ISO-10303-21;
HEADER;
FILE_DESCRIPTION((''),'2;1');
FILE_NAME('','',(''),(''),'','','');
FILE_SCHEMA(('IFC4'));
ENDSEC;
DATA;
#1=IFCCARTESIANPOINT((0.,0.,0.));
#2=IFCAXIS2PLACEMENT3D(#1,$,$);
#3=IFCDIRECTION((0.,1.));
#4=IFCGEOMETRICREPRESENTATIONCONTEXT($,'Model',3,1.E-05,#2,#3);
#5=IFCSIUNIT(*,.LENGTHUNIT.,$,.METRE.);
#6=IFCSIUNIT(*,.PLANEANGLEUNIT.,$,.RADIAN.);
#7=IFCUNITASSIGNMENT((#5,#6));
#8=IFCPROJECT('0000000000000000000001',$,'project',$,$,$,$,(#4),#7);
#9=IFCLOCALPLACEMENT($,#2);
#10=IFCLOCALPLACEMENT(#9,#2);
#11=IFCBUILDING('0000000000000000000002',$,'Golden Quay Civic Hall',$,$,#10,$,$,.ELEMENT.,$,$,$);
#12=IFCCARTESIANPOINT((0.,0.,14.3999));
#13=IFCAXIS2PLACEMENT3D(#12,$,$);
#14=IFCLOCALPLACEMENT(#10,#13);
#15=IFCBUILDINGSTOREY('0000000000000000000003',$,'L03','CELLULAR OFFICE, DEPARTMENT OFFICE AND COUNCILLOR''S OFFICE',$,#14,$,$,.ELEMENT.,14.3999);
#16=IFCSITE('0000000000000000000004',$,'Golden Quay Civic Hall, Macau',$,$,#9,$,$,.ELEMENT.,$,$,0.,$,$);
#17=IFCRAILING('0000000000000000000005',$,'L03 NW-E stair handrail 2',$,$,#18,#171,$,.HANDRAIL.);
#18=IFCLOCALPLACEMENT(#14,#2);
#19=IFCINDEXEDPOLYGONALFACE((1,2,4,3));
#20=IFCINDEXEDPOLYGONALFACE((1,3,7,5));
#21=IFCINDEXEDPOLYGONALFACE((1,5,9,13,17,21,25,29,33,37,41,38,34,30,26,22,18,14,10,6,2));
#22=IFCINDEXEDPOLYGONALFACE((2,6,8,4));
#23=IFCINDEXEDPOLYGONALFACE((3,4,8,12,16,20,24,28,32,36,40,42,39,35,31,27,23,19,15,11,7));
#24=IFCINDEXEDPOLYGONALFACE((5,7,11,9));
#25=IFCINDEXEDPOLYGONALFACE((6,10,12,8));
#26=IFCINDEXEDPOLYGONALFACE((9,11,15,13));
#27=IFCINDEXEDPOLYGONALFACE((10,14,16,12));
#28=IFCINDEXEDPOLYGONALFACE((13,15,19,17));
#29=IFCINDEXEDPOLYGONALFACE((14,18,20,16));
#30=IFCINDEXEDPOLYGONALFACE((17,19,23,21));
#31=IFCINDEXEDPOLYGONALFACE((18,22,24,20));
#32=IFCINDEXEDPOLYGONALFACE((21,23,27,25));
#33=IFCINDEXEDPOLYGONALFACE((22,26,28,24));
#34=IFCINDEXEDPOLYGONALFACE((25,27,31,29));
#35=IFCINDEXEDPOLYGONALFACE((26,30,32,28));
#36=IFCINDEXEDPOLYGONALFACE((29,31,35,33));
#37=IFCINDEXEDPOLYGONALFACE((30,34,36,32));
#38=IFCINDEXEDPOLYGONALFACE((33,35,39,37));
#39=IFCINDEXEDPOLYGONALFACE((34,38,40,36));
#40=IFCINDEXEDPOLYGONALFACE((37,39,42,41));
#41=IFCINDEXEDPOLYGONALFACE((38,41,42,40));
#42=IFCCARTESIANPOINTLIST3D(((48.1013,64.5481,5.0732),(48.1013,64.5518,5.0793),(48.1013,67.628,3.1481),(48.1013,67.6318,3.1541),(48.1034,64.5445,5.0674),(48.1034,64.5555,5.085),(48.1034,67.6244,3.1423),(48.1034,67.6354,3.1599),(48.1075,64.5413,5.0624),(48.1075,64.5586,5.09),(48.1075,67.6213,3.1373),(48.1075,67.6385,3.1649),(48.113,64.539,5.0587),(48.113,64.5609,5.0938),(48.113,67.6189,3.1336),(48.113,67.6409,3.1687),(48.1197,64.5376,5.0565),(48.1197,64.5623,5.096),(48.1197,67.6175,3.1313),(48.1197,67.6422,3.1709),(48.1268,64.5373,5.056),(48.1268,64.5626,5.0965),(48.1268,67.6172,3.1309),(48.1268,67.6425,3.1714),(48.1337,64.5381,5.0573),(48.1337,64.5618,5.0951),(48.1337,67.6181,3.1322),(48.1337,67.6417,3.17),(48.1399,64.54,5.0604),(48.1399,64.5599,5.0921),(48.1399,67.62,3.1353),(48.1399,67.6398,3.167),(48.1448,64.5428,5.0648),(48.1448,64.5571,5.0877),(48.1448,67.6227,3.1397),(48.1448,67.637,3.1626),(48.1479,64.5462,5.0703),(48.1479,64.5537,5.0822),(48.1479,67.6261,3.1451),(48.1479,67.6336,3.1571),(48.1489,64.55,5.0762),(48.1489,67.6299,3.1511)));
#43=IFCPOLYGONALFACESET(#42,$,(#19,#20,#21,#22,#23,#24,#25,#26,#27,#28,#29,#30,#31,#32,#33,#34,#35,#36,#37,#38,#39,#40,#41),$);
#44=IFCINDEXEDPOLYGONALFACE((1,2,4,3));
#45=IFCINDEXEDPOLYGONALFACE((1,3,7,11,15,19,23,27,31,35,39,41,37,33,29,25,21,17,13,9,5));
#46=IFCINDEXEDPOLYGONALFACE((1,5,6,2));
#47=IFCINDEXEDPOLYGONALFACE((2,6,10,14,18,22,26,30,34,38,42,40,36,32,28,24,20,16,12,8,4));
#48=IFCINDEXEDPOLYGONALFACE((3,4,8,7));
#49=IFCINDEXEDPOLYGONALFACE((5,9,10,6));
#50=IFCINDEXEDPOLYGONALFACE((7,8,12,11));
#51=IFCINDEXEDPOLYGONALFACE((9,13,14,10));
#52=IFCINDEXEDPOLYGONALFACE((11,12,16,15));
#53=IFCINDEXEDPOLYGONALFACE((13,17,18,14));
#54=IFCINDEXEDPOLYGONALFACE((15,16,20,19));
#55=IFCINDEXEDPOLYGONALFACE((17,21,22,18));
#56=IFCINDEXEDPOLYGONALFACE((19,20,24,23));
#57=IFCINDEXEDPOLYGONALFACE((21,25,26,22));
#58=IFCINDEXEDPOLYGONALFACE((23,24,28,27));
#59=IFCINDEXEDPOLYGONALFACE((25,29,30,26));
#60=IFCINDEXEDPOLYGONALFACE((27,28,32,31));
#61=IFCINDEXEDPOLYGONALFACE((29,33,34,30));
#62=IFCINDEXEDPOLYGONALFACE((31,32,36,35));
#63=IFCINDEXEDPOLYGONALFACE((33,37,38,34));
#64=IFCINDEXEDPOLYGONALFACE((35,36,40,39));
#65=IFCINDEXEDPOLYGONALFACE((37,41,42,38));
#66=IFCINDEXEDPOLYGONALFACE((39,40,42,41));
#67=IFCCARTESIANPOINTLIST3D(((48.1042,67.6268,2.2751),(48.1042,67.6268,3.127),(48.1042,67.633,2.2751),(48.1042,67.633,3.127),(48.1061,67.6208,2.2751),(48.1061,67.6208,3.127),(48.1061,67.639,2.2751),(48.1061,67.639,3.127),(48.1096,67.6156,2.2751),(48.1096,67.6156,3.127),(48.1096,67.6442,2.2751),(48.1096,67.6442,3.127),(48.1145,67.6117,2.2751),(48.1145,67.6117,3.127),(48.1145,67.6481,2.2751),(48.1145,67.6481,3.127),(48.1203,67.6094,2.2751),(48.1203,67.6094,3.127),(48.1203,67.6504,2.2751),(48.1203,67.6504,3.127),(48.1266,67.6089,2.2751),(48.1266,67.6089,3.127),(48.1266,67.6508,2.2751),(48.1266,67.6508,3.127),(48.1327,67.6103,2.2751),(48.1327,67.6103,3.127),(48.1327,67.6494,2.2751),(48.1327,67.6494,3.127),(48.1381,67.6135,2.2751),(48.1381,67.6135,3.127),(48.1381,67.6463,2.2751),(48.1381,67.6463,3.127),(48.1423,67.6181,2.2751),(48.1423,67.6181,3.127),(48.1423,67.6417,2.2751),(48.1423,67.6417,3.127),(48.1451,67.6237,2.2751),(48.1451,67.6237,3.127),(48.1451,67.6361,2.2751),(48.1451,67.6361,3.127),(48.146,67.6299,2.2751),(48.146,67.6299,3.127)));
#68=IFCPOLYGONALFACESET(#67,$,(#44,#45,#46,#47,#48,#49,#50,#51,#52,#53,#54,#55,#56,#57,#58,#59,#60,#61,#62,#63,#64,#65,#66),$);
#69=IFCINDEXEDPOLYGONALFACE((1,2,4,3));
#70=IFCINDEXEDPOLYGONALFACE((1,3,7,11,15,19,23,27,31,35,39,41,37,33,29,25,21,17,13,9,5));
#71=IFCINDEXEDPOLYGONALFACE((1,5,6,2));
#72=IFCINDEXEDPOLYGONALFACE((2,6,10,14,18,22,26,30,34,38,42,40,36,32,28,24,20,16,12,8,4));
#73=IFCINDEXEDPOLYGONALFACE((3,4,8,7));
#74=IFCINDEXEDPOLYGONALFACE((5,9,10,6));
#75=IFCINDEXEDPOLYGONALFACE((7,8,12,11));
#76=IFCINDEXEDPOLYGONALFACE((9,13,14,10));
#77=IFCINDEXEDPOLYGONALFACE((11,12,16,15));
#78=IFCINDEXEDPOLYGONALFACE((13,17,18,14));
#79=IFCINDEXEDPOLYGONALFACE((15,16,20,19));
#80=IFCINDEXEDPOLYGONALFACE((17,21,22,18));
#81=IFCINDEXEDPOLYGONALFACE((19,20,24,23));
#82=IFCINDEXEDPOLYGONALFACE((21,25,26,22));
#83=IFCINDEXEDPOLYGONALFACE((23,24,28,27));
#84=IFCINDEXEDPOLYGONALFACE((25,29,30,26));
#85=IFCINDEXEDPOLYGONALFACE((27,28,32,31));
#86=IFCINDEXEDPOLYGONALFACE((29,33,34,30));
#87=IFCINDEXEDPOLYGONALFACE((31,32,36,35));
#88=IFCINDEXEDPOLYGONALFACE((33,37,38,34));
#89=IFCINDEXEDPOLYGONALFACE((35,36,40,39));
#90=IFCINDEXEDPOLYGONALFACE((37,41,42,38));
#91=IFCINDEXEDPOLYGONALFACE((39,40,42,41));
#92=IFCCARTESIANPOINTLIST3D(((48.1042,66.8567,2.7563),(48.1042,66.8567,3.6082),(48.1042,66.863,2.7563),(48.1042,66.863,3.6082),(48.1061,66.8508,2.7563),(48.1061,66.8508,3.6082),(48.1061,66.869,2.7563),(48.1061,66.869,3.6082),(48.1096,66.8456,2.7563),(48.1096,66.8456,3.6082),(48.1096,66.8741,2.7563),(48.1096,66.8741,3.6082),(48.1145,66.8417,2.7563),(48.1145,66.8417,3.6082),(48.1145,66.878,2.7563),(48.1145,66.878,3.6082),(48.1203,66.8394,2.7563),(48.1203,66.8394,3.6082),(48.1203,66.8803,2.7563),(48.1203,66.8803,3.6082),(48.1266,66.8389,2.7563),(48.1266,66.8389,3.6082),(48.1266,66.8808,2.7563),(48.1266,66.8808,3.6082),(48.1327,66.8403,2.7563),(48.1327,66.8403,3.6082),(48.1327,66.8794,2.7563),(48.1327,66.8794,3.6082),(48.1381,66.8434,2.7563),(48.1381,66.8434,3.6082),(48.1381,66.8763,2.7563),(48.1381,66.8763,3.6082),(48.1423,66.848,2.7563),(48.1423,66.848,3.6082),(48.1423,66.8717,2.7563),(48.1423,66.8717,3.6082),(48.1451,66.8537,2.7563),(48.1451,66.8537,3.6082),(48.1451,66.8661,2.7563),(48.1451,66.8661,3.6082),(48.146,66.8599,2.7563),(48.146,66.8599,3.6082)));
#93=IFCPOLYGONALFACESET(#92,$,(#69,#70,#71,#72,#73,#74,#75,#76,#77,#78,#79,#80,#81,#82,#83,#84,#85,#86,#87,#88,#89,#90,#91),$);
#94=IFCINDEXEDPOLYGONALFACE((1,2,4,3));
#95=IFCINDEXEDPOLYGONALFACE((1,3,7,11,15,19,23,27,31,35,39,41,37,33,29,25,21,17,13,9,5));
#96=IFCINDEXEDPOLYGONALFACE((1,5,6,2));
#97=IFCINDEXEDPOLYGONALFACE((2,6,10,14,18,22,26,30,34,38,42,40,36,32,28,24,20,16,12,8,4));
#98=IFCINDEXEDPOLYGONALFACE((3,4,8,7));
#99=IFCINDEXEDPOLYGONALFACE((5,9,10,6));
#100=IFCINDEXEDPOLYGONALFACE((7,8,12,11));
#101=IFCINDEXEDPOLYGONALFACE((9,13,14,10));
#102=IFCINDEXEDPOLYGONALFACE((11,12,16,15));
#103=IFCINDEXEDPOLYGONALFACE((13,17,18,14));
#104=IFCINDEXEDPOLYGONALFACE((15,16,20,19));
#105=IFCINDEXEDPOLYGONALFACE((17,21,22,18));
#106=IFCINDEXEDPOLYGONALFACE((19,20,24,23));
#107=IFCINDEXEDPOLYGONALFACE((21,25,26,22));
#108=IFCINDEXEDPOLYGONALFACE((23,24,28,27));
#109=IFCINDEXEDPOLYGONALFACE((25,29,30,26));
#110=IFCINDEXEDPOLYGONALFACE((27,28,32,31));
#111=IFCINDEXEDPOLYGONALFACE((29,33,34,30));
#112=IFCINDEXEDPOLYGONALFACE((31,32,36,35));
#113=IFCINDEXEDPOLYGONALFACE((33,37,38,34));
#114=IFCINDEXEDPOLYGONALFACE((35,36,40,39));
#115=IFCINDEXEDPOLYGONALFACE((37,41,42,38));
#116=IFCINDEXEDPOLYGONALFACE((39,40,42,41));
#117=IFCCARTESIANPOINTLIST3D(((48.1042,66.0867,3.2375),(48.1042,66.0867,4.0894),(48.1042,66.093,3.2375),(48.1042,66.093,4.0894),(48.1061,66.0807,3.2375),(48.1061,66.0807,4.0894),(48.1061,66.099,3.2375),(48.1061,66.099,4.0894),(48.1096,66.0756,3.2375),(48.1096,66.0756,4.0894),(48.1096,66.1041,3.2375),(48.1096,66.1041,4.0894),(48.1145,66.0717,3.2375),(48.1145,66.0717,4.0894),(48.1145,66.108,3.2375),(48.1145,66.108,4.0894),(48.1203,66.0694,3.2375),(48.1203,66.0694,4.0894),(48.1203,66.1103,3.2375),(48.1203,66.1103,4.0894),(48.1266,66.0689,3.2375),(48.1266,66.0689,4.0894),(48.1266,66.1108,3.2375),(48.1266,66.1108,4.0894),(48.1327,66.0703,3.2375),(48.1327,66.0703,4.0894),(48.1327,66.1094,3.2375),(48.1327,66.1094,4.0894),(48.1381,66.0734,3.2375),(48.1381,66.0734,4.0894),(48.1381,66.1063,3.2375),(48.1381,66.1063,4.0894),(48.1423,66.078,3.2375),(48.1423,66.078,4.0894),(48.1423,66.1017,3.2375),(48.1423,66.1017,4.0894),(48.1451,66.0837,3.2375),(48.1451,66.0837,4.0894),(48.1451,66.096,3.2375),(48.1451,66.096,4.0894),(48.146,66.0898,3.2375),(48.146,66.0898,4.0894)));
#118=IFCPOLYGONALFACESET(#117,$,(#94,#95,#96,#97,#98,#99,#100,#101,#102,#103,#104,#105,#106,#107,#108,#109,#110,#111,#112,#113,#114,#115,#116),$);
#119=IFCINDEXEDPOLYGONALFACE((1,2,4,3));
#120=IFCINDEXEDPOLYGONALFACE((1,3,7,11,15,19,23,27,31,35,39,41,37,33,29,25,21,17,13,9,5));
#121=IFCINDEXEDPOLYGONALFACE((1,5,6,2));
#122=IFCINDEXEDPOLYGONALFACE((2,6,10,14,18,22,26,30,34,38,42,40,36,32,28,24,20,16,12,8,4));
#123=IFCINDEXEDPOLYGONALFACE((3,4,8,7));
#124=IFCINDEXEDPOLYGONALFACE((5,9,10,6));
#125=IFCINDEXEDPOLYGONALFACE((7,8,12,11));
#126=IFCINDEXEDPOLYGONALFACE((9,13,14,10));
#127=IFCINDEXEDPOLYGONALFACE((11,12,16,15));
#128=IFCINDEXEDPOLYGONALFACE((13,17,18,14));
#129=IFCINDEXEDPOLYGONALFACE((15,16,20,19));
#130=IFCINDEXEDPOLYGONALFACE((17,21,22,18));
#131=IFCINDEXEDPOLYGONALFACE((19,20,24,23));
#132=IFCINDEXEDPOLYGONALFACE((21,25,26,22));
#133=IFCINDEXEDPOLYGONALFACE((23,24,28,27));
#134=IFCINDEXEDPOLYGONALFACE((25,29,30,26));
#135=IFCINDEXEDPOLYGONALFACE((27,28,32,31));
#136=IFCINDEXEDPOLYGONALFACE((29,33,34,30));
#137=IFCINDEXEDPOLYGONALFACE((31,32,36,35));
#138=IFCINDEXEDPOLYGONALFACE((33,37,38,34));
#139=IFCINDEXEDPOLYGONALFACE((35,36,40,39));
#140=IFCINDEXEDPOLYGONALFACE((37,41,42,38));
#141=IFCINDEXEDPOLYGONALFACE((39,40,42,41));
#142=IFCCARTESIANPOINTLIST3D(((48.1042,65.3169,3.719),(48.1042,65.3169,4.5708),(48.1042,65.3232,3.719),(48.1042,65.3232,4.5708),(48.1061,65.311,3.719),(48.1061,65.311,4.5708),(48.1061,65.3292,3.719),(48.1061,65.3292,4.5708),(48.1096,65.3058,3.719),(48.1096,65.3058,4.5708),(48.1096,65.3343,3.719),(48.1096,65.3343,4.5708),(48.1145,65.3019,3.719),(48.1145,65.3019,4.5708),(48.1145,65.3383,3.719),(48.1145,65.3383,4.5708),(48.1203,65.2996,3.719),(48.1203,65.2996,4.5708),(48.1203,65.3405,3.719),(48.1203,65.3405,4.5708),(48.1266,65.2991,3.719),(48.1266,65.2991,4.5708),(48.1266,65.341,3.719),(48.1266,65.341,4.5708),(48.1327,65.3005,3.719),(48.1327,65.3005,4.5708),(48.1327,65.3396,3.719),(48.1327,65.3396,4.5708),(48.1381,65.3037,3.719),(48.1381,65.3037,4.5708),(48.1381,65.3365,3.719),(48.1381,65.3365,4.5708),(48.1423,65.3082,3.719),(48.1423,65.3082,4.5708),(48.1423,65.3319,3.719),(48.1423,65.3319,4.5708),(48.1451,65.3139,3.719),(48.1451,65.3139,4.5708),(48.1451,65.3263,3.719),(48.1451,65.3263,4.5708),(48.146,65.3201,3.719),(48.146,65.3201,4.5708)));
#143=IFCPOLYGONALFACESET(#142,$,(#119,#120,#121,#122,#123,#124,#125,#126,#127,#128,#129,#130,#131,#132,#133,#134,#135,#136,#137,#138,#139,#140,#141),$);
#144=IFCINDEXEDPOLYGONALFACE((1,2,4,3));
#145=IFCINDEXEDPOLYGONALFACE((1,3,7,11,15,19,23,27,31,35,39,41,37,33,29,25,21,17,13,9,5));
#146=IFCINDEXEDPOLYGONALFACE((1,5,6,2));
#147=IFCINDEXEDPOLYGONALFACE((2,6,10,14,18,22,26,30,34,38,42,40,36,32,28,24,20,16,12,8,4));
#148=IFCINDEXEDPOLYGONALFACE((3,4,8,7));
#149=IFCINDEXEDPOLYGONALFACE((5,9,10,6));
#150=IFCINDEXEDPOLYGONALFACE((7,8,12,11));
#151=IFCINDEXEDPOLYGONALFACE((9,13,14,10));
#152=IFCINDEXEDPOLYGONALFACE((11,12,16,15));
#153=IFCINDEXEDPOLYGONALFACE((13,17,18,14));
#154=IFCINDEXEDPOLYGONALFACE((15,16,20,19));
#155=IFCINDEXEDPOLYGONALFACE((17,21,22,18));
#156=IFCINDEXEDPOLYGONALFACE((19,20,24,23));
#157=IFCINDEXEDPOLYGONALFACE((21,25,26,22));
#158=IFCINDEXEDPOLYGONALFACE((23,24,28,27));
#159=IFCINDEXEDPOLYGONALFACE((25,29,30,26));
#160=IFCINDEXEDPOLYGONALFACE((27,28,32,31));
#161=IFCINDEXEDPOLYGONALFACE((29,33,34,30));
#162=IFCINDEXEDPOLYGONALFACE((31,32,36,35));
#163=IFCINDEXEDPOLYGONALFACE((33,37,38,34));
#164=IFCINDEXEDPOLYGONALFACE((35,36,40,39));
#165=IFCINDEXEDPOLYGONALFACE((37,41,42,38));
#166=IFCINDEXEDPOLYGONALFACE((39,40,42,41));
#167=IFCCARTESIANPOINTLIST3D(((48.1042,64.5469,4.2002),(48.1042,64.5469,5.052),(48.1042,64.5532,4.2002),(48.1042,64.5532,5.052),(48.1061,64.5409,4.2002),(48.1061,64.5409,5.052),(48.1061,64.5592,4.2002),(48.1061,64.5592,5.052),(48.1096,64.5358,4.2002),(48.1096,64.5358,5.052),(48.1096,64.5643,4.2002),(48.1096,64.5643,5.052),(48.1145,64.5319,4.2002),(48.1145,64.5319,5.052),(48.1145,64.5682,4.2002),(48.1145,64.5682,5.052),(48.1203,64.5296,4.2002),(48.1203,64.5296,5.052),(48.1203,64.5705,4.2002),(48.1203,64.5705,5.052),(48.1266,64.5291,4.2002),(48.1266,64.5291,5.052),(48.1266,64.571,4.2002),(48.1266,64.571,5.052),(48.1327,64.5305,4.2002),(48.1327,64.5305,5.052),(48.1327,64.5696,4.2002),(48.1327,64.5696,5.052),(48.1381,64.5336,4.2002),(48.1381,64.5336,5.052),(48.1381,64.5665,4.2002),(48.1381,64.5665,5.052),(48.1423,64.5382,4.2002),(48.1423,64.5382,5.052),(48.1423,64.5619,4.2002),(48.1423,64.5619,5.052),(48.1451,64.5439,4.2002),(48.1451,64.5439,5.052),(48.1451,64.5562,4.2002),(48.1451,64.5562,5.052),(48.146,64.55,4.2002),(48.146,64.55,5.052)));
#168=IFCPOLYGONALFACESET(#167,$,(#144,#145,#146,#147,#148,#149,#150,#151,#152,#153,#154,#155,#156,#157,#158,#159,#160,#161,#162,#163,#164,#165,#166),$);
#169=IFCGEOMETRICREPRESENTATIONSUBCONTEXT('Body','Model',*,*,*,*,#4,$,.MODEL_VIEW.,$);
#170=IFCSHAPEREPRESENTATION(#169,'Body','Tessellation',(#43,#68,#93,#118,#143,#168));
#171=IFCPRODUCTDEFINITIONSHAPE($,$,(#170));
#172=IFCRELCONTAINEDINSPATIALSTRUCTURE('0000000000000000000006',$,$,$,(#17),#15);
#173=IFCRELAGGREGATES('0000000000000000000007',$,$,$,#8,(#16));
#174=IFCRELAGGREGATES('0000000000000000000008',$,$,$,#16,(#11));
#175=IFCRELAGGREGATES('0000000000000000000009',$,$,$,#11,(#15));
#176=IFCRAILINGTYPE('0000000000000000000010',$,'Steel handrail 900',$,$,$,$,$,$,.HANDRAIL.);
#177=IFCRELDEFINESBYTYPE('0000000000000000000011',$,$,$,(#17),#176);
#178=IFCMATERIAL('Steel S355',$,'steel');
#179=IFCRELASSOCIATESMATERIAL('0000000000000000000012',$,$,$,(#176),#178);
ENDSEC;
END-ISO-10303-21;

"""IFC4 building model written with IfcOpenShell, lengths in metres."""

from ifc_helpers import new_model, si_unit, direction, frame, origin, origin_2d, place, context, subcontext, project, spatial, circle, extrude, material, type_object, element, save


model = new_model("IFC4")

# Units and contexts
model_context = context("Model", 3, precision=1e-05, world=origin(), true_north=direction((0.0, 1.0)))
body_context = subcontext(model_context, "Body", "Model", "MODEL_VIEW")
ifc_project = project(units=[si_unit("LENGTHUNIT", "METRE"), si_unit("PLANEANGLEUNIT", "RADIAN")], contexts=[model_context])

# Site, building, storey
site_placement = place(None, origin())
site = spatial("IfcSite", under=ifc_project, at=site_placement, Name="Golden Quay Civic Hall, Macau", CompositionType="ELEMENT", RefElevation=0.0)
building_placement = place(site_placement, origin())
building = spatial("IfcBuilding", under=site, at=building_placement, Name="Golden Quay Civic Hall", CompositionType="ELEMENT")
storey_placement = place(building_placement, frame((0.0, 0.0, 14.3999)))
storey = spatial("IfcBuildingStorey", under=building, at=storey_placement, Name="L03", Description="CELLULAR OFFICE, DEPARTMENT OFFICE AND COUNCILLOR'S OFFICE", CompositionType="ELEMENT", Elevation=14.3999)

# Railing
ifc_material_1 = material(Name="Steel S355", Category="steel")
railing_type_1 = type_object("IfcRailingType", Name="Steel handrail 900", PredefinedType="HANDRAIL", material=ifc_material_1)
railing_1_placement = place(storey_placement, frame((48.125, 67.6299, 2.2751)))
element("IfcRailing", 1, at=railing_1_placement, inside=storey, type_object=railing_type_1, Name="L03 NW-E stair handrail 2", PredefinedType="HANDRAIL", context=body_context, shape_type="SweptSolid", body=[
    extrude(circle(Radius=0.0239, at=origin_2d()), frame((0.0, 0.0, 0.876), z_axis=(0.0, -0.847979, 0.530029), x_axis=(1.0, 0.0, 0.0)), (0.0, 0.0, 1.0), 3.6321),
    extrude(circle(Radius=0.021, at=origin_2d()), origin(), (0.0, 0.0, 1.0), 0.8518),
    extrude(circle(Radius=0.021, at=origin_2d()), frame((0.0, -0.77, 0.4812)), (0.0, 0.0, 1.0), 0.8518),
    extrude(circle(Radius=0.021, at=origin_2d()), frame((0.0, -1.54, 0.9624)), (0.0, 0.0, 1.0), 0.8518),
    extrude(circle(Radius=0.021, at=origin_2d()), frame((0.0, -2.3098, 1.4438)), (0.0, 0.0, 1.0), 0.8518),
    extrude(circle(Radius=0.021, at=origin_2d()), frame((0.0, -3.0798, 1.925)), (0.0, 0.0, 1.0), 0.8518),
])

save(model, "model.ifc")
